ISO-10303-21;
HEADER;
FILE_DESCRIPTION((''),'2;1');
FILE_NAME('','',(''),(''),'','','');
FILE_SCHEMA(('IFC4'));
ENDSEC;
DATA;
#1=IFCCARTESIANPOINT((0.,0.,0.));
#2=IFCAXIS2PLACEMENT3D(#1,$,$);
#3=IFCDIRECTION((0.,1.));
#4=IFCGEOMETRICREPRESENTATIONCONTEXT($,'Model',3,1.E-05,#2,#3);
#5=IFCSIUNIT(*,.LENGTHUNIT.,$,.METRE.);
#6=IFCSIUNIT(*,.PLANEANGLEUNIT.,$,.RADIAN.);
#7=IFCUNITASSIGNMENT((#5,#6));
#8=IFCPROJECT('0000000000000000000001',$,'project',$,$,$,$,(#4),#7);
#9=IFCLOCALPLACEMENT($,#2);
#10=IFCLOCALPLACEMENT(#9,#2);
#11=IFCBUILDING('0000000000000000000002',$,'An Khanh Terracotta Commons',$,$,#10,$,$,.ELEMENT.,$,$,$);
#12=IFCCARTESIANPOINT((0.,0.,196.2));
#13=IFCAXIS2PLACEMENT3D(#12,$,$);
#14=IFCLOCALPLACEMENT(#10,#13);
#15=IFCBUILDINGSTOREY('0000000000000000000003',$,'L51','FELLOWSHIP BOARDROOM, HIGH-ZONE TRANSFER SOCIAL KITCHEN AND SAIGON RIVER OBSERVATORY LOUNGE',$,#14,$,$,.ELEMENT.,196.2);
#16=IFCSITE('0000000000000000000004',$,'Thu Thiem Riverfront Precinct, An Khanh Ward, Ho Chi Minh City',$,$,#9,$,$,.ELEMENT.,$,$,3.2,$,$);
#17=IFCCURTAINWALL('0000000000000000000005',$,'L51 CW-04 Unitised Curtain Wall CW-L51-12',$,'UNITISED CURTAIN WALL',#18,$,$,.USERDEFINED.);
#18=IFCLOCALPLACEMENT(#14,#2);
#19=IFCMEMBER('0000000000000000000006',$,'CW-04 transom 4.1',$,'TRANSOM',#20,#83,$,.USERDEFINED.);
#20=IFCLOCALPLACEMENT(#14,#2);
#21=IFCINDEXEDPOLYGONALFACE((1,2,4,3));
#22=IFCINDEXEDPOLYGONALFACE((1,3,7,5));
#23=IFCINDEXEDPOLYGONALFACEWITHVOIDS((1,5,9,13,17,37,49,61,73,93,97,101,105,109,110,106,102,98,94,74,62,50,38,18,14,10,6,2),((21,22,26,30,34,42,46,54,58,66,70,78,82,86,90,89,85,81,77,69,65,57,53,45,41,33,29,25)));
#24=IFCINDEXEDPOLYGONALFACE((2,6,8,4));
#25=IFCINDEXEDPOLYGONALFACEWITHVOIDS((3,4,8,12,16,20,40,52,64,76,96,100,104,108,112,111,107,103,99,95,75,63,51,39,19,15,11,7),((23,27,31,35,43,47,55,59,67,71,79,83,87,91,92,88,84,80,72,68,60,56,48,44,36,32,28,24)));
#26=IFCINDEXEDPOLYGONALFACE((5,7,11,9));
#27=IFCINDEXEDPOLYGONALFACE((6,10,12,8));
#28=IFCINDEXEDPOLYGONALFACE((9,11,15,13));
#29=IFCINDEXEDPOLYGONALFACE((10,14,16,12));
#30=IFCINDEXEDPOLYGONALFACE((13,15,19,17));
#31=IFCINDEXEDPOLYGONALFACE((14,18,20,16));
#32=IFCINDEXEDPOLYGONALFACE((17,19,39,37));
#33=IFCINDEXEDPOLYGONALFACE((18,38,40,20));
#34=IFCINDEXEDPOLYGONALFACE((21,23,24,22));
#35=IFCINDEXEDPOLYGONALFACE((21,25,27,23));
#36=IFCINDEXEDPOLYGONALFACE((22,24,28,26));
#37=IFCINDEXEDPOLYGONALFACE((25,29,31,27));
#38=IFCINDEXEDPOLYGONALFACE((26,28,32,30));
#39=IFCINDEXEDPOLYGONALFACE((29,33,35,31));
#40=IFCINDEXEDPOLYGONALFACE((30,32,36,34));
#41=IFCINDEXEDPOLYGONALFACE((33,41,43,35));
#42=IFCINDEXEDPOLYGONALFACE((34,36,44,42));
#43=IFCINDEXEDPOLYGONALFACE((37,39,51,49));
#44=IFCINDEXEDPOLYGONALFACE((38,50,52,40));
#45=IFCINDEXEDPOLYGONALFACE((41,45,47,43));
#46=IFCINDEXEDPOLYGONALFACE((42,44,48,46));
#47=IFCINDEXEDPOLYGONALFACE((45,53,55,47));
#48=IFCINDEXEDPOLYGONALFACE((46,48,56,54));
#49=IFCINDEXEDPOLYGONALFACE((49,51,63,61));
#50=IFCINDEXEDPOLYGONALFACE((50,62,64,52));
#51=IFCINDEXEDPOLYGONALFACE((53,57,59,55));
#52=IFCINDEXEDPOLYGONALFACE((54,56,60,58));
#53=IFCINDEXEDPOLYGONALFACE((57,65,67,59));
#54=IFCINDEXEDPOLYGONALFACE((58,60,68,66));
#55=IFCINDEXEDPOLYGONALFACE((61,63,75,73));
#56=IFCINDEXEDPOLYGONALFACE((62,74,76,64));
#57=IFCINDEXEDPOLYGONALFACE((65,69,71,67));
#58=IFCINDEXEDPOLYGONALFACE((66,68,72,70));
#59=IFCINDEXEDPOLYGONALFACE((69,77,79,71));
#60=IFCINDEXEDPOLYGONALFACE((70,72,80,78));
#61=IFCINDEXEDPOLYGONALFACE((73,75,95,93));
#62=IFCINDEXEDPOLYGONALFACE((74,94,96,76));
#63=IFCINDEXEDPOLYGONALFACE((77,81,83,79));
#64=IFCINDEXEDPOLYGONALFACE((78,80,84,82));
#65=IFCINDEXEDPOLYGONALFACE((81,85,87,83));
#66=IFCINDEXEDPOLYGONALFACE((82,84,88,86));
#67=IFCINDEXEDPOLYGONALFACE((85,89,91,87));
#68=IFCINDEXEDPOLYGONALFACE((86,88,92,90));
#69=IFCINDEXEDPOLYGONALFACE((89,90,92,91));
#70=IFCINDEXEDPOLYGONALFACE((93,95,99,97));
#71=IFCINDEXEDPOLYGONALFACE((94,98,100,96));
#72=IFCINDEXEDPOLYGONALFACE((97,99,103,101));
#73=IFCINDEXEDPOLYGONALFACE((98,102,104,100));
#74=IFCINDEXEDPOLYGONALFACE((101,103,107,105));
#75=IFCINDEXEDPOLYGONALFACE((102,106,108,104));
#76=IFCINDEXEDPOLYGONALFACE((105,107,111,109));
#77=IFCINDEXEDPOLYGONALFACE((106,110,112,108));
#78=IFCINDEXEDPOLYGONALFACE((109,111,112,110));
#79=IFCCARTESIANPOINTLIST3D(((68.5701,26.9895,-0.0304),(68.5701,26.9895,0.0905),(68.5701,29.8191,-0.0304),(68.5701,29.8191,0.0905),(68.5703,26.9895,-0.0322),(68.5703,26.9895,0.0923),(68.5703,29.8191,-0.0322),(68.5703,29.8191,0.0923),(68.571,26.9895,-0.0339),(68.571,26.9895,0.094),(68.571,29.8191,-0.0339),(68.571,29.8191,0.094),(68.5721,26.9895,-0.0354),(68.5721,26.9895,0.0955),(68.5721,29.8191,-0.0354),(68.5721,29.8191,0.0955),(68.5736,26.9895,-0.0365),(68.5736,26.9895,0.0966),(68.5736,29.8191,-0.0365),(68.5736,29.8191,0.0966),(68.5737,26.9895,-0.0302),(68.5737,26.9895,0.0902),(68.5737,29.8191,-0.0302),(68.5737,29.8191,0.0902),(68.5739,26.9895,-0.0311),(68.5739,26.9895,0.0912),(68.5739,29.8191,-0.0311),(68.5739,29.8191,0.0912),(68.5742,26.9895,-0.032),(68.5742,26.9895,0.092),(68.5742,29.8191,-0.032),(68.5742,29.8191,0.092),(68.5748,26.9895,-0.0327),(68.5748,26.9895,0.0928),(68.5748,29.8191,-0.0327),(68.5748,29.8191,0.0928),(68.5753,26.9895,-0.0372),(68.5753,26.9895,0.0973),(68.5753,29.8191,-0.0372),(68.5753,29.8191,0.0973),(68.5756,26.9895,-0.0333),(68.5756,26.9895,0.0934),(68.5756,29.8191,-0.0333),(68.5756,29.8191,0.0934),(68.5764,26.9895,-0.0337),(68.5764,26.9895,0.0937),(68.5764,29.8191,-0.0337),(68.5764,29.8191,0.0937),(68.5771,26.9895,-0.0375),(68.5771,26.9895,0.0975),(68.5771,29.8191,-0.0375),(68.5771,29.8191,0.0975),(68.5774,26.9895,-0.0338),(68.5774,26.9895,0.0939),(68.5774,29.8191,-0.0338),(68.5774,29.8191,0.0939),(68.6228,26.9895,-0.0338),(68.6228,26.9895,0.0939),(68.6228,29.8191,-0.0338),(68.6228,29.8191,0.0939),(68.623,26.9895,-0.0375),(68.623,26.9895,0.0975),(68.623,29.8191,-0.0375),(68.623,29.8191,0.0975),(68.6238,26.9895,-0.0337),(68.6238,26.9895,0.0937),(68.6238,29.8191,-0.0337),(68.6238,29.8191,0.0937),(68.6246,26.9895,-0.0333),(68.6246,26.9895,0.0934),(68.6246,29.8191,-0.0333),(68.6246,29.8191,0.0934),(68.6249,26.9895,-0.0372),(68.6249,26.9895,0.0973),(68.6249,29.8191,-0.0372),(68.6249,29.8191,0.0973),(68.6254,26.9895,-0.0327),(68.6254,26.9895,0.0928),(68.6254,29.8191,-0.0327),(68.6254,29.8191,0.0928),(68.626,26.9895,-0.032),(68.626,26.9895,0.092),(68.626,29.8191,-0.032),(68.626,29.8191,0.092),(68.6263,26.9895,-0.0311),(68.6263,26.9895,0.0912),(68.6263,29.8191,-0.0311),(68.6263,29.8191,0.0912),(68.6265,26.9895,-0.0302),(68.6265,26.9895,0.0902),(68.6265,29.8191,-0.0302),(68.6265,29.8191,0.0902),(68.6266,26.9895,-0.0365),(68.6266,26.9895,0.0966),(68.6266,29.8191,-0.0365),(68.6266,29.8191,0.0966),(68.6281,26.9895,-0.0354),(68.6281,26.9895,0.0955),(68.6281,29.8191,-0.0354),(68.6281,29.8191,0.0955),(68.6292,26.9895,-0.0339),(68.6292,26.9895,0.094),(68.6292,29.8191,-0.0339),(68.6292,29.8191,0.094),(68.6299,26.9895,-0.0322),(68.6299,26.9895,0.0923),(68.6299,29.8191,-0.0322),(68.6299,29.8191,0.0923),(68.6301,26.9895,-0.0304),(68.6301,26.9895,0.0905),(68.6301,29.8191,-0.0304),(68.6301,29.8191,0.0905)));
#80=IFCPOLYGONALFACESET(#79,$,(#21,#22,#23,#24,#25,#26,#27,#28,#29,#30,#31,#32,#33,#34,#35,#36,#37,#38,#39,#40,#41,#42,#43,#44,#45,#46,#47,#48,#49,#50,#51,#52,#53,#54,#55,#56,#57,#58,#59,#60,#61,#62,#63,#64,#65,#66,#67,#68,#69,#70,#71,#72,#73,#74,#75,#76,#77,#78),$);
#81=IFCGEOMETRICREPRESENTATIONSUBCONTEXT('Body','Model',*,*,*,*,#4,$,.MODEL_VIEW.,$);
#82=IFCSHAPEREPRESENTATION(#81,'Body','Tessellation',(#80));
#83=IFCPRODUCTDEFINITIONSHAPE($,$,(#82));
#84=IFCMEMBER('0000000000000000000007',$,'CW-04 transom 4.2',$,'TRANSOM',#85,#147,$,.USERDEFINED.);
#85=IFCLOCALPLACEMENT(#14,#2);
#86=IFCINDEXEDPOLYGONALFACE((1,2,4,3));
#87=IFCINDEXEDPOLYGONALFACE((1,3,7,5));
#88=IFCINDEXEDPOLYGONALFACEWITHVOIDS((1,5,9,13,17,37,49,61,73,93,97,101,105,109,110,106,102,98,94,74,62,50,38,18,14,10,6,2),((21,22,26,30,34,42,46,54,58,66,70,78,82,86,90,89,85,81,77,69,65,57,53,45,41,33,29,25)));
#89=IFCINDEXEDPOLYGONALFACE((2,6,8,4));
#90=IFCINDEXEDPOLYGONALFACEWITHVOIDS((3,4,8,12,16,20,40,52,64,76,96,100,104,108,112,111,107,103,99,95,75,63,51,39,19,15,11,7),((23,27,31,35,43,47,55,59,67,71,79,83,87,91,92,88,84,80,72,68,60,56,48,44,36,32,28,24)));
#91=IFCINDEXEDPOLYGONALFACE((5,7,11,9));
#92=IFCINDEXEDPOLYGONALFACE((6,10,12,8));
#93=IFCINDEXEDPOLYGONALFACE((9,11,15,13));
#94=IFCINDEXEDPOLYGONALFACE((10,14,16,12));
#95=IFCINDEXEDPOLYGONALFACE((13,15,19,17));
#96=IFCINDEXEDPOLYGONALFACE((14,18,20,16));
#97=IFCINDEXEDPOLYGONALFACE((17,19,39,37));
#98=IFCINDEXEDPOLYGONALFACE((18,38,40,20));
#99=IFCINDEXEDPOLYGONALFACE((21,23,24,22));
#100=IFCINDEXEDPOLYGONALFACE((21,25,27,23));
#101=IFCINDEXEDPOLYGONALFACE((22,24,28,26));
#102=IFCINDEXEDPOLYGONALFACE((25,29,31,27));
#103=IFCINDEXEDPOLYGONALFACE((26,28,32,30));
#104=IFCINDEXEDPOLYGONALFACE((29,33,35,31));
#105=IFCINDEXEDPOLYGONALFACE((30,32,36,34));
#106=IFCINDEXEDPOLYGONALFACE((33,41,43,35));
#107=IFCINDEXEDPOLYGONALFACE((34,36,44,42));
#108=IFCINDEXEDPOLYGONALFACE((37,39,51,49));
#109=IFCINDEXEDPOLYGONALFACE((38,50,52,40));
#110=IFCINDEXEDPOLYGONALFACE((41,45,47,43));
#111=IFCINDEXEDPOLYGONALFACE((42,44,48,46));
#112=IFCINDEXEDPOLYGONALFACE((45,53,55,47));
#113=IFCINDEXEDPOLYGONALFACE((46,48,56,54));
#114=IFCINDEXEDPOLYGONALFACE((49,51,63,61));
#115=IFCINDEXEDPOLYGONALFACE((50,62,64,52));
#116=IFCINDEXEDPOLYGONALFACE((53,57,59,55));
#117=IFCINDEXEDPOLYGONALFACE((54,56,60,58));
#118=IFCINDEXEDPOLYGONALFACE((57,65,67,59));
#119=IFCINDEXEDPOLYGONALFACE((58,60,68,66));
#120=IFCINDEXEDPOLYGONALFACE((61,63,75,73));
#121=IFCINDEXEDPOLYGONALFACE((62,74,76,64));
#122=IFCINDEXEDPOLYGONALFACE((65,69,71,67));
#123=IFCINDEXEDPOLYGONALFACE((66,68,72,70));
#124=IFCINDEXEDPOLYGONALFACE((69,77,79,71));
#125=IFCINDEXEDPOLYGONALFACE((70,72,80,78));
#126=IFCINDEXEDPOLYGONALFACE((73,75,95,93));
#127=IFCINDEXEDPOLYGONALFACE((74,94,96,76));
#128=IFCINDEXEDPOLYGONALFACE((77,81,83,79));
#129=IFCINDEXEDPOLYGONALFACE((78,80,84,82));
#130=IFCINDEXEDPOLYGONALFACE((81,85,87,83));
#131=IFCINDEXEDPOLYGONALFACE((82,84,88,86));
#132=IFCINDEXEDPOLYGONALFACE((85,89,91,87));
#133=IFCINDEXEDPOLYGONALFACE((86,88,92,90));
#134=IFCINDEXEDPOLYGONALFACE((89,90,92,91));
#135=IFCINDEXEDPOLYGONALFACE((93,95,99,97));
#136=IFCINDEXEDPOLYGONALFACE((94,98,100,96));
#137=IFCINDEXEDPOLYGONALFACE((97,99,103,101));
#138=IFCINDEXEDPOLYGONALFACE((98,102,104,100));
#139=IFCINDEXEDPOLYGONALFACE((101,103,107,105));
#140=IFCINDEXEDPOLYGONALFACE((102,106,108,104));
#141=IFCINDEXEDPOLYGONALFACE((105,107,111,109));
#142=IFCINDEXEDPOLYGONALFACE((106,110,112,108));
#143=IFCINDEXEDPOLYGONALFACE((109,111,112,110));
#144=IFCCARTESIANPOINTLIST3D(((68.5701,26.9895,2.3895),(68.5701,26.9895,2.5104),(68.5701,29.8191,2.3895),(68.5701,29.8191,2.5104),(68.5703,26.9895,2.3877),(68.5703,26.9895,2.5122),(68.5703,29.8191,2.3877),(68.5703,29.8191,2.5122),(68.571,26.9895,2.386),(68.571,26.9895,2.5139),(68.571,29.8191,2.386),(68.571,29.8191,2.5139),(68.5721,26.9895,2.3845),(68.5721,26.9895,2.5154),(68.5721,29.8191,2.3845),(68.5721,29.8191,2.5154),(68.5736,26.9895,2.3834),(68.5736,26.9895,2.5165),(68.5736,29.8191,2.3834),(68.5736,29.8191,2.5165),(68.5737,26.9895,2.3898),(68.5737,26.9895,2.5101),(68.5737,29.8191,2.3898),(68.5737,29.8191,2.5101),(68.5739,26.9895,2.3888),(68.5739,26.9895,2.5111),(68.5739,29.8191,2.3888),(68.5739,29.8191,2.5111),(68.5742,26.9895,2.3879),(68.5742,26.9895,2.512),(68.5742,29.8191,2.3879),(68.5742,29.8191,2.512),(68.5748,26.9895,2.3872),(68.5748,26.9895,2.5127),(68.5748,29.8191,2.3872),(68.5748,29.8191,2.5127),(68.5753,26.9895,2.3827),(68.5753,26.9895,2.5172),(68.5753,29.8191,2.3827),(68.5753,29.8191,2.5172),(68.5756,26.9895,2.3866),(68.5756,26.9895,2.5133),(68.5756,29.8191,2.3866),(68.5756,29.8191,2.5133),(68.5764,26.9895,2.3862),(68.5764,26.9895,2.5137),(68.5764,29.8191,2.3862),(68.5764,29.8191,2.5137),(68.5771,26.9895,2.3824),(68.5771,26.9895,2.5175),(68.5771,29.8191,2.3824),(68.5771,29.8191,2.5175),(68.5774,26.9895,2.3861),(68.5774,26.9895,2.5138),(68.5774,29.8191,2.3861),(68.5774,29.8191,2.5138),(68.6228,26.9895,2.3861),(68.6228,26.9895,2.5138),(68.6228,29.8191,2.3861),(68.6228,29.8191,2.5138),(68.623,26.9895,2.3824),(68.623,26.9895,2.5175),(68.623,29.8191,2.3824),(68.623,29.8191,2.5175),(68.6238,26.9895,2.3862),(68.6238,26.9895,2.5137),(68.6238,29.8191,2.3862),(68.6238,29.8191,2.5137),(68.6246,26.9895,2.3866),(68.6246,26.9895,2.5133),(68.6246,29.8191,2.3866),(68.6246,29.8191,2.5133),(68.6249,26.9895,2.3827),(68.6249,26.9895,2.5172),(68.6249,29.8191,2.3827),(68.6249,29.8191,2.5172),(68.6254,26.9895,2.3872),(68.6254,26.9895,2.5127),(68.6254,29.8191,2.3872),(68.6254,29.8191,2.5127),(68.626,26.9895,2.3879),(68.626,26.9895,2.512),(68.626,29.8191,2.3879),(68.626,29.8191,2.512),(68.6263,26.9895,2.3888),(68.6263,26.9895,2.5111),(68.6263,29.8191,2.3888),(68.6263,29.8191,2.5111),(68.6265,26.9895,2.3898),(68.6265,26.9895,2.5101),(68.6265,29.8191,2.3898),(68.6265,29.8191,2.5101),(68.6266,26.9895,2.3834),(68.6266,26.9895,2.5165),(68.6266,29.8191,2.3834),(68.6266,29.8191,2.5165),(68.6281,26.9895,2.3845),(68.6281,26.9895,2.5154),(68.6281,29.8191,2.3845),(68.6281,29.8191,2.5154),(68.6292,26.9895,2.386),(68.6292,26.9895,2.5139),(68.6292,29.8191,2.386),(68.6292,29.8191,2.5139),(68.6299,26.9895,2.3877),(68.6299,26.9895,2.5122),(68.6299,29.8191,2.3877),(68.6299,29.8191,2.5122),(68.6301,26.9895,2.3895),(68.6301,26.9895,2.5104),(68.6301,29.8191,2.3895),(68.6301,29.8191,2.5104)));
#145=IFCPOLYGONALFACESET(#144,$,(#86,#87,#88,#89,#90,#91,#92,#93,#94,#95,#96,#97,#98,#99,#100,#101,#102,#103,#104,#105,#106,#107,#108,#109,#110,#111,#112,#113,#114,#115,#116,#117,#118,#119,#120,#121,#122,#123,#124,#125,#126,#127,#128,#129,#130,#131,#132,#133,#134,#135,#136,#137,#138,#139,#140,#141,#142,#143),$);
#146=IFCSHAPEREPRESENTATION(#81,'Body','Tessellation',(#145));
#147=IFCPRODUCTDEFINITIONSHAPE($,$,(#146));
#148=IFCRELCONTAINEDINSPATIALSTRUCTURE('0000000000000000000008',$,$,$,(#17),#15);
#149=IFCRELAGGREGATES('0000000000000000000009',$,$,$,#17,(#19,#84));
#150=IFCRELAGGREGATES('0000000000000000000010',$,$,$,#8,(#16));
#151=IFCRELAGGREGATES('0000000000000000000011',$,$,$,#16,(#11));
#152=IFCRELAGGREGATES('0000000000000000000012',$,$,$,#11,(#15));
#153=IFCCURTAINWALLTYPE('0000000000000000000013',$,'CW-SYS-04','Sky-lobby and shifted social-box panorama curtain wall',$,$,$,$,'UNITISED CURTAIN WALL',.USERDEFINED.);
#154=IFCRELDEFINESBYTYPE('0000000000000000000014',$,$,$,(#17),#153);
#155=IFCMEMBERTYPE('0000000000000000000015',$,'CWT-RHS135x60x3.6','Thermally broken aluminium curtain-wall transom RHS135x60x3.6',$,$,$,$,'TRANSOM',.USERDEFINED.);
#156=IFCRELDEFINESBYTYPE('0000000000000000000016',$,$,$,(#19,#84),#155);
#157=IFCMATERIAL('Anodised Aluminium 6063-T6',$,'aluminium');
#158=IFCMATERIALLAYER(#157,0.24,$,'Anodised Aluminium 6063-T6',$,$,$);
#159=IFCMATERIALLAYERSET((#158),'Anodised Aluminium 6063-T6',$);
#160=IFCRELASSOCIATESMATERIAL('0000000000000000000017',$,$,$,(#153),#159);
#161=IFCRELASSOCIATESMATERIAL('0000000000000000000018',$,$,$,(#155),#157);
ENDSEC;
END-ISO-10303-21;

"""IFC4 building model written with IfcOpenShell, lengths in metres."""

from ifc_helpers import new_model, si_unit, direction, frame, origin, origin_2d, place, context, subcontext, project, spatial, hollow_rectangle, extrude, material, layer, layer_set, material_profile, profile_set, type_object, element, aggregate, save


model = new_model("IFC4")

# Units and contexts
model_context = context("Model", 3, precision=1e-05, world=origin(), true_north=direction((0.0, 1.0)))
body_context = subcontext(model_context, "Body", "Model", "MODEL_VIEW")
ifc_project = project(units=[si_unit("LENGTHUNIT", "METRE"), si_unit("PLANEANGLEUNIT", "RADIAN")], contexts=[model_context])

# Site, building, storey
site_placement = place(None, origin())
site = spatial("IfcSite", under=ifc_project, at=site_placement, Name="Thu Thiem Riverfront Precinct, An Khanh Ward, Ho Chi Minh City", CompositionType="ELEMENT", RefElevation=3.2)
building_placement = place(site_placement, origin())
building = spatial("IfcBuilding", under=site, at=building_placement, Name="An Khanh Terracotta Commons", CompositionType="ELEMENT")
storey_placement = place(building_placement, frame((0.0, 0.0, 196.2)))
storey = spatial("IfcBuildingStorey", under=building, at=storey_placement, Name="L51", Description="FELLOWSHIP BOARDROOM, HIGH-ZONE TRANSFER SOCIAL KITCHEN AND SAIGON RIVER OBSERVATORY LOUNGE", CompositionType="ELEMENT", Elevation=196.2)

# Curtain wall
ifc_material_1 = material(Name="Anodised Aluminium 6063-T6", Category="aluminium")
ifc_layer_1 = layer(ifc_material_1, 0.24, Name="Anodised Aluminium 6063-T6")
ifc_layer_set_1 = layer_set([ifc_layer_1], Name="Anodised Aluminium 6063-T6")
curtain_wall_type = type_object("IfcCurtainWallType", Name="CW-SYS-04", Description="Sky-lobby and shifted social-box panorama curtain wall", ElementType="UNITISED CURTAIN WALL", PredefinedType="USERDEFINED", material=ifc_layer_set_1)
curtain_wall_1_placement = place(storey_placement, origin())
curtain_wall_1 = element("IfcCurtainWall", 1, at=curtain_wall_1_placement, inside=storey, type_object=curtain_wall_type, Name="L51 CW-04 Unitised Curtain Wall CW-L51-12", ObjectType="UNITISED CURTAIN WALL", PredefinedType="USERDEFINED")

# Members
ifc_material_profile_1 = material_profile(ifc_material_1, hollow_rectangle(XDim=0.0601, YDim=0.135, WallThickness=0.0037, InnerFilletRadius=0.0037, OuterFilletRadius=0.0071, at=origin_2d()), Name="RHS135x60x3.6")
ifc_profile_set_1 = profile_set([ifc_material_profile_1], Name="Anodised Aluminium 6063-T6")
member_type_1 = type_object("IfcMemberType", Name="CWT-RHS135x60x3.6", Description="Thermally broken aluminium curtain-wall transom RHS135x60x3.6", ElementType="TRANSOM", PredefinedType="USERDEFINED", material=ifc_profile_set_1)
member_1_placement = place(storey_placement, frame((68.6001, 26.9895, 0.03), z_axis=(0.0, 1.0, 0.0), x_axis=(-1.0, 0.0, 0.0)))
member_1 = element("IfcMember", 2, at=member_1_placement, type_object=member_type_1, Name="CW-04 transom 4.1", ObjectType="TRANSOM", PredefinedType="USERDEFINED", context=body_context, shape_type="SweptSolid", body=[
    extrude(hollow_rectangle(XDim=0.0601, YDim=0.135, WallThickness=0.0037, InnerFilletRadius=0.0037, OuterFilletRadius=0.0071, at=origin_2d()), origin(), (0.0, 0.0, 1.0), 2.8296),
])
member_2_placement = place(storey_placement, frame((68.6001, 26.9895, 2.45), z_axis=(0.0, 1.0, 0.0), x_axis=(-1.0, 0.0, 0.0)))
member_2 = element("IfcMember", 3, at=member_2_placement, type_object=member_type_1, Name="CW-04 transom 4.2", ObjectType="TRANSOM", PredefinedType="USERDEFINED", context=body_context, shape_type="SweptSolid", body=[
    extrude(hollow_rectangle(XDim=0.0601, YDim=0.135, WallThickness=0.0037, InnerFilletRadius=0.0037, OuterFilletRadius=0.0071, at=origin_2d()), origin(), (0.0, 0.0, 1.0), 2.8296),
])

aggregate(curtain_wall_1, [member_1, member_2])

save(model, "model.ifc")
